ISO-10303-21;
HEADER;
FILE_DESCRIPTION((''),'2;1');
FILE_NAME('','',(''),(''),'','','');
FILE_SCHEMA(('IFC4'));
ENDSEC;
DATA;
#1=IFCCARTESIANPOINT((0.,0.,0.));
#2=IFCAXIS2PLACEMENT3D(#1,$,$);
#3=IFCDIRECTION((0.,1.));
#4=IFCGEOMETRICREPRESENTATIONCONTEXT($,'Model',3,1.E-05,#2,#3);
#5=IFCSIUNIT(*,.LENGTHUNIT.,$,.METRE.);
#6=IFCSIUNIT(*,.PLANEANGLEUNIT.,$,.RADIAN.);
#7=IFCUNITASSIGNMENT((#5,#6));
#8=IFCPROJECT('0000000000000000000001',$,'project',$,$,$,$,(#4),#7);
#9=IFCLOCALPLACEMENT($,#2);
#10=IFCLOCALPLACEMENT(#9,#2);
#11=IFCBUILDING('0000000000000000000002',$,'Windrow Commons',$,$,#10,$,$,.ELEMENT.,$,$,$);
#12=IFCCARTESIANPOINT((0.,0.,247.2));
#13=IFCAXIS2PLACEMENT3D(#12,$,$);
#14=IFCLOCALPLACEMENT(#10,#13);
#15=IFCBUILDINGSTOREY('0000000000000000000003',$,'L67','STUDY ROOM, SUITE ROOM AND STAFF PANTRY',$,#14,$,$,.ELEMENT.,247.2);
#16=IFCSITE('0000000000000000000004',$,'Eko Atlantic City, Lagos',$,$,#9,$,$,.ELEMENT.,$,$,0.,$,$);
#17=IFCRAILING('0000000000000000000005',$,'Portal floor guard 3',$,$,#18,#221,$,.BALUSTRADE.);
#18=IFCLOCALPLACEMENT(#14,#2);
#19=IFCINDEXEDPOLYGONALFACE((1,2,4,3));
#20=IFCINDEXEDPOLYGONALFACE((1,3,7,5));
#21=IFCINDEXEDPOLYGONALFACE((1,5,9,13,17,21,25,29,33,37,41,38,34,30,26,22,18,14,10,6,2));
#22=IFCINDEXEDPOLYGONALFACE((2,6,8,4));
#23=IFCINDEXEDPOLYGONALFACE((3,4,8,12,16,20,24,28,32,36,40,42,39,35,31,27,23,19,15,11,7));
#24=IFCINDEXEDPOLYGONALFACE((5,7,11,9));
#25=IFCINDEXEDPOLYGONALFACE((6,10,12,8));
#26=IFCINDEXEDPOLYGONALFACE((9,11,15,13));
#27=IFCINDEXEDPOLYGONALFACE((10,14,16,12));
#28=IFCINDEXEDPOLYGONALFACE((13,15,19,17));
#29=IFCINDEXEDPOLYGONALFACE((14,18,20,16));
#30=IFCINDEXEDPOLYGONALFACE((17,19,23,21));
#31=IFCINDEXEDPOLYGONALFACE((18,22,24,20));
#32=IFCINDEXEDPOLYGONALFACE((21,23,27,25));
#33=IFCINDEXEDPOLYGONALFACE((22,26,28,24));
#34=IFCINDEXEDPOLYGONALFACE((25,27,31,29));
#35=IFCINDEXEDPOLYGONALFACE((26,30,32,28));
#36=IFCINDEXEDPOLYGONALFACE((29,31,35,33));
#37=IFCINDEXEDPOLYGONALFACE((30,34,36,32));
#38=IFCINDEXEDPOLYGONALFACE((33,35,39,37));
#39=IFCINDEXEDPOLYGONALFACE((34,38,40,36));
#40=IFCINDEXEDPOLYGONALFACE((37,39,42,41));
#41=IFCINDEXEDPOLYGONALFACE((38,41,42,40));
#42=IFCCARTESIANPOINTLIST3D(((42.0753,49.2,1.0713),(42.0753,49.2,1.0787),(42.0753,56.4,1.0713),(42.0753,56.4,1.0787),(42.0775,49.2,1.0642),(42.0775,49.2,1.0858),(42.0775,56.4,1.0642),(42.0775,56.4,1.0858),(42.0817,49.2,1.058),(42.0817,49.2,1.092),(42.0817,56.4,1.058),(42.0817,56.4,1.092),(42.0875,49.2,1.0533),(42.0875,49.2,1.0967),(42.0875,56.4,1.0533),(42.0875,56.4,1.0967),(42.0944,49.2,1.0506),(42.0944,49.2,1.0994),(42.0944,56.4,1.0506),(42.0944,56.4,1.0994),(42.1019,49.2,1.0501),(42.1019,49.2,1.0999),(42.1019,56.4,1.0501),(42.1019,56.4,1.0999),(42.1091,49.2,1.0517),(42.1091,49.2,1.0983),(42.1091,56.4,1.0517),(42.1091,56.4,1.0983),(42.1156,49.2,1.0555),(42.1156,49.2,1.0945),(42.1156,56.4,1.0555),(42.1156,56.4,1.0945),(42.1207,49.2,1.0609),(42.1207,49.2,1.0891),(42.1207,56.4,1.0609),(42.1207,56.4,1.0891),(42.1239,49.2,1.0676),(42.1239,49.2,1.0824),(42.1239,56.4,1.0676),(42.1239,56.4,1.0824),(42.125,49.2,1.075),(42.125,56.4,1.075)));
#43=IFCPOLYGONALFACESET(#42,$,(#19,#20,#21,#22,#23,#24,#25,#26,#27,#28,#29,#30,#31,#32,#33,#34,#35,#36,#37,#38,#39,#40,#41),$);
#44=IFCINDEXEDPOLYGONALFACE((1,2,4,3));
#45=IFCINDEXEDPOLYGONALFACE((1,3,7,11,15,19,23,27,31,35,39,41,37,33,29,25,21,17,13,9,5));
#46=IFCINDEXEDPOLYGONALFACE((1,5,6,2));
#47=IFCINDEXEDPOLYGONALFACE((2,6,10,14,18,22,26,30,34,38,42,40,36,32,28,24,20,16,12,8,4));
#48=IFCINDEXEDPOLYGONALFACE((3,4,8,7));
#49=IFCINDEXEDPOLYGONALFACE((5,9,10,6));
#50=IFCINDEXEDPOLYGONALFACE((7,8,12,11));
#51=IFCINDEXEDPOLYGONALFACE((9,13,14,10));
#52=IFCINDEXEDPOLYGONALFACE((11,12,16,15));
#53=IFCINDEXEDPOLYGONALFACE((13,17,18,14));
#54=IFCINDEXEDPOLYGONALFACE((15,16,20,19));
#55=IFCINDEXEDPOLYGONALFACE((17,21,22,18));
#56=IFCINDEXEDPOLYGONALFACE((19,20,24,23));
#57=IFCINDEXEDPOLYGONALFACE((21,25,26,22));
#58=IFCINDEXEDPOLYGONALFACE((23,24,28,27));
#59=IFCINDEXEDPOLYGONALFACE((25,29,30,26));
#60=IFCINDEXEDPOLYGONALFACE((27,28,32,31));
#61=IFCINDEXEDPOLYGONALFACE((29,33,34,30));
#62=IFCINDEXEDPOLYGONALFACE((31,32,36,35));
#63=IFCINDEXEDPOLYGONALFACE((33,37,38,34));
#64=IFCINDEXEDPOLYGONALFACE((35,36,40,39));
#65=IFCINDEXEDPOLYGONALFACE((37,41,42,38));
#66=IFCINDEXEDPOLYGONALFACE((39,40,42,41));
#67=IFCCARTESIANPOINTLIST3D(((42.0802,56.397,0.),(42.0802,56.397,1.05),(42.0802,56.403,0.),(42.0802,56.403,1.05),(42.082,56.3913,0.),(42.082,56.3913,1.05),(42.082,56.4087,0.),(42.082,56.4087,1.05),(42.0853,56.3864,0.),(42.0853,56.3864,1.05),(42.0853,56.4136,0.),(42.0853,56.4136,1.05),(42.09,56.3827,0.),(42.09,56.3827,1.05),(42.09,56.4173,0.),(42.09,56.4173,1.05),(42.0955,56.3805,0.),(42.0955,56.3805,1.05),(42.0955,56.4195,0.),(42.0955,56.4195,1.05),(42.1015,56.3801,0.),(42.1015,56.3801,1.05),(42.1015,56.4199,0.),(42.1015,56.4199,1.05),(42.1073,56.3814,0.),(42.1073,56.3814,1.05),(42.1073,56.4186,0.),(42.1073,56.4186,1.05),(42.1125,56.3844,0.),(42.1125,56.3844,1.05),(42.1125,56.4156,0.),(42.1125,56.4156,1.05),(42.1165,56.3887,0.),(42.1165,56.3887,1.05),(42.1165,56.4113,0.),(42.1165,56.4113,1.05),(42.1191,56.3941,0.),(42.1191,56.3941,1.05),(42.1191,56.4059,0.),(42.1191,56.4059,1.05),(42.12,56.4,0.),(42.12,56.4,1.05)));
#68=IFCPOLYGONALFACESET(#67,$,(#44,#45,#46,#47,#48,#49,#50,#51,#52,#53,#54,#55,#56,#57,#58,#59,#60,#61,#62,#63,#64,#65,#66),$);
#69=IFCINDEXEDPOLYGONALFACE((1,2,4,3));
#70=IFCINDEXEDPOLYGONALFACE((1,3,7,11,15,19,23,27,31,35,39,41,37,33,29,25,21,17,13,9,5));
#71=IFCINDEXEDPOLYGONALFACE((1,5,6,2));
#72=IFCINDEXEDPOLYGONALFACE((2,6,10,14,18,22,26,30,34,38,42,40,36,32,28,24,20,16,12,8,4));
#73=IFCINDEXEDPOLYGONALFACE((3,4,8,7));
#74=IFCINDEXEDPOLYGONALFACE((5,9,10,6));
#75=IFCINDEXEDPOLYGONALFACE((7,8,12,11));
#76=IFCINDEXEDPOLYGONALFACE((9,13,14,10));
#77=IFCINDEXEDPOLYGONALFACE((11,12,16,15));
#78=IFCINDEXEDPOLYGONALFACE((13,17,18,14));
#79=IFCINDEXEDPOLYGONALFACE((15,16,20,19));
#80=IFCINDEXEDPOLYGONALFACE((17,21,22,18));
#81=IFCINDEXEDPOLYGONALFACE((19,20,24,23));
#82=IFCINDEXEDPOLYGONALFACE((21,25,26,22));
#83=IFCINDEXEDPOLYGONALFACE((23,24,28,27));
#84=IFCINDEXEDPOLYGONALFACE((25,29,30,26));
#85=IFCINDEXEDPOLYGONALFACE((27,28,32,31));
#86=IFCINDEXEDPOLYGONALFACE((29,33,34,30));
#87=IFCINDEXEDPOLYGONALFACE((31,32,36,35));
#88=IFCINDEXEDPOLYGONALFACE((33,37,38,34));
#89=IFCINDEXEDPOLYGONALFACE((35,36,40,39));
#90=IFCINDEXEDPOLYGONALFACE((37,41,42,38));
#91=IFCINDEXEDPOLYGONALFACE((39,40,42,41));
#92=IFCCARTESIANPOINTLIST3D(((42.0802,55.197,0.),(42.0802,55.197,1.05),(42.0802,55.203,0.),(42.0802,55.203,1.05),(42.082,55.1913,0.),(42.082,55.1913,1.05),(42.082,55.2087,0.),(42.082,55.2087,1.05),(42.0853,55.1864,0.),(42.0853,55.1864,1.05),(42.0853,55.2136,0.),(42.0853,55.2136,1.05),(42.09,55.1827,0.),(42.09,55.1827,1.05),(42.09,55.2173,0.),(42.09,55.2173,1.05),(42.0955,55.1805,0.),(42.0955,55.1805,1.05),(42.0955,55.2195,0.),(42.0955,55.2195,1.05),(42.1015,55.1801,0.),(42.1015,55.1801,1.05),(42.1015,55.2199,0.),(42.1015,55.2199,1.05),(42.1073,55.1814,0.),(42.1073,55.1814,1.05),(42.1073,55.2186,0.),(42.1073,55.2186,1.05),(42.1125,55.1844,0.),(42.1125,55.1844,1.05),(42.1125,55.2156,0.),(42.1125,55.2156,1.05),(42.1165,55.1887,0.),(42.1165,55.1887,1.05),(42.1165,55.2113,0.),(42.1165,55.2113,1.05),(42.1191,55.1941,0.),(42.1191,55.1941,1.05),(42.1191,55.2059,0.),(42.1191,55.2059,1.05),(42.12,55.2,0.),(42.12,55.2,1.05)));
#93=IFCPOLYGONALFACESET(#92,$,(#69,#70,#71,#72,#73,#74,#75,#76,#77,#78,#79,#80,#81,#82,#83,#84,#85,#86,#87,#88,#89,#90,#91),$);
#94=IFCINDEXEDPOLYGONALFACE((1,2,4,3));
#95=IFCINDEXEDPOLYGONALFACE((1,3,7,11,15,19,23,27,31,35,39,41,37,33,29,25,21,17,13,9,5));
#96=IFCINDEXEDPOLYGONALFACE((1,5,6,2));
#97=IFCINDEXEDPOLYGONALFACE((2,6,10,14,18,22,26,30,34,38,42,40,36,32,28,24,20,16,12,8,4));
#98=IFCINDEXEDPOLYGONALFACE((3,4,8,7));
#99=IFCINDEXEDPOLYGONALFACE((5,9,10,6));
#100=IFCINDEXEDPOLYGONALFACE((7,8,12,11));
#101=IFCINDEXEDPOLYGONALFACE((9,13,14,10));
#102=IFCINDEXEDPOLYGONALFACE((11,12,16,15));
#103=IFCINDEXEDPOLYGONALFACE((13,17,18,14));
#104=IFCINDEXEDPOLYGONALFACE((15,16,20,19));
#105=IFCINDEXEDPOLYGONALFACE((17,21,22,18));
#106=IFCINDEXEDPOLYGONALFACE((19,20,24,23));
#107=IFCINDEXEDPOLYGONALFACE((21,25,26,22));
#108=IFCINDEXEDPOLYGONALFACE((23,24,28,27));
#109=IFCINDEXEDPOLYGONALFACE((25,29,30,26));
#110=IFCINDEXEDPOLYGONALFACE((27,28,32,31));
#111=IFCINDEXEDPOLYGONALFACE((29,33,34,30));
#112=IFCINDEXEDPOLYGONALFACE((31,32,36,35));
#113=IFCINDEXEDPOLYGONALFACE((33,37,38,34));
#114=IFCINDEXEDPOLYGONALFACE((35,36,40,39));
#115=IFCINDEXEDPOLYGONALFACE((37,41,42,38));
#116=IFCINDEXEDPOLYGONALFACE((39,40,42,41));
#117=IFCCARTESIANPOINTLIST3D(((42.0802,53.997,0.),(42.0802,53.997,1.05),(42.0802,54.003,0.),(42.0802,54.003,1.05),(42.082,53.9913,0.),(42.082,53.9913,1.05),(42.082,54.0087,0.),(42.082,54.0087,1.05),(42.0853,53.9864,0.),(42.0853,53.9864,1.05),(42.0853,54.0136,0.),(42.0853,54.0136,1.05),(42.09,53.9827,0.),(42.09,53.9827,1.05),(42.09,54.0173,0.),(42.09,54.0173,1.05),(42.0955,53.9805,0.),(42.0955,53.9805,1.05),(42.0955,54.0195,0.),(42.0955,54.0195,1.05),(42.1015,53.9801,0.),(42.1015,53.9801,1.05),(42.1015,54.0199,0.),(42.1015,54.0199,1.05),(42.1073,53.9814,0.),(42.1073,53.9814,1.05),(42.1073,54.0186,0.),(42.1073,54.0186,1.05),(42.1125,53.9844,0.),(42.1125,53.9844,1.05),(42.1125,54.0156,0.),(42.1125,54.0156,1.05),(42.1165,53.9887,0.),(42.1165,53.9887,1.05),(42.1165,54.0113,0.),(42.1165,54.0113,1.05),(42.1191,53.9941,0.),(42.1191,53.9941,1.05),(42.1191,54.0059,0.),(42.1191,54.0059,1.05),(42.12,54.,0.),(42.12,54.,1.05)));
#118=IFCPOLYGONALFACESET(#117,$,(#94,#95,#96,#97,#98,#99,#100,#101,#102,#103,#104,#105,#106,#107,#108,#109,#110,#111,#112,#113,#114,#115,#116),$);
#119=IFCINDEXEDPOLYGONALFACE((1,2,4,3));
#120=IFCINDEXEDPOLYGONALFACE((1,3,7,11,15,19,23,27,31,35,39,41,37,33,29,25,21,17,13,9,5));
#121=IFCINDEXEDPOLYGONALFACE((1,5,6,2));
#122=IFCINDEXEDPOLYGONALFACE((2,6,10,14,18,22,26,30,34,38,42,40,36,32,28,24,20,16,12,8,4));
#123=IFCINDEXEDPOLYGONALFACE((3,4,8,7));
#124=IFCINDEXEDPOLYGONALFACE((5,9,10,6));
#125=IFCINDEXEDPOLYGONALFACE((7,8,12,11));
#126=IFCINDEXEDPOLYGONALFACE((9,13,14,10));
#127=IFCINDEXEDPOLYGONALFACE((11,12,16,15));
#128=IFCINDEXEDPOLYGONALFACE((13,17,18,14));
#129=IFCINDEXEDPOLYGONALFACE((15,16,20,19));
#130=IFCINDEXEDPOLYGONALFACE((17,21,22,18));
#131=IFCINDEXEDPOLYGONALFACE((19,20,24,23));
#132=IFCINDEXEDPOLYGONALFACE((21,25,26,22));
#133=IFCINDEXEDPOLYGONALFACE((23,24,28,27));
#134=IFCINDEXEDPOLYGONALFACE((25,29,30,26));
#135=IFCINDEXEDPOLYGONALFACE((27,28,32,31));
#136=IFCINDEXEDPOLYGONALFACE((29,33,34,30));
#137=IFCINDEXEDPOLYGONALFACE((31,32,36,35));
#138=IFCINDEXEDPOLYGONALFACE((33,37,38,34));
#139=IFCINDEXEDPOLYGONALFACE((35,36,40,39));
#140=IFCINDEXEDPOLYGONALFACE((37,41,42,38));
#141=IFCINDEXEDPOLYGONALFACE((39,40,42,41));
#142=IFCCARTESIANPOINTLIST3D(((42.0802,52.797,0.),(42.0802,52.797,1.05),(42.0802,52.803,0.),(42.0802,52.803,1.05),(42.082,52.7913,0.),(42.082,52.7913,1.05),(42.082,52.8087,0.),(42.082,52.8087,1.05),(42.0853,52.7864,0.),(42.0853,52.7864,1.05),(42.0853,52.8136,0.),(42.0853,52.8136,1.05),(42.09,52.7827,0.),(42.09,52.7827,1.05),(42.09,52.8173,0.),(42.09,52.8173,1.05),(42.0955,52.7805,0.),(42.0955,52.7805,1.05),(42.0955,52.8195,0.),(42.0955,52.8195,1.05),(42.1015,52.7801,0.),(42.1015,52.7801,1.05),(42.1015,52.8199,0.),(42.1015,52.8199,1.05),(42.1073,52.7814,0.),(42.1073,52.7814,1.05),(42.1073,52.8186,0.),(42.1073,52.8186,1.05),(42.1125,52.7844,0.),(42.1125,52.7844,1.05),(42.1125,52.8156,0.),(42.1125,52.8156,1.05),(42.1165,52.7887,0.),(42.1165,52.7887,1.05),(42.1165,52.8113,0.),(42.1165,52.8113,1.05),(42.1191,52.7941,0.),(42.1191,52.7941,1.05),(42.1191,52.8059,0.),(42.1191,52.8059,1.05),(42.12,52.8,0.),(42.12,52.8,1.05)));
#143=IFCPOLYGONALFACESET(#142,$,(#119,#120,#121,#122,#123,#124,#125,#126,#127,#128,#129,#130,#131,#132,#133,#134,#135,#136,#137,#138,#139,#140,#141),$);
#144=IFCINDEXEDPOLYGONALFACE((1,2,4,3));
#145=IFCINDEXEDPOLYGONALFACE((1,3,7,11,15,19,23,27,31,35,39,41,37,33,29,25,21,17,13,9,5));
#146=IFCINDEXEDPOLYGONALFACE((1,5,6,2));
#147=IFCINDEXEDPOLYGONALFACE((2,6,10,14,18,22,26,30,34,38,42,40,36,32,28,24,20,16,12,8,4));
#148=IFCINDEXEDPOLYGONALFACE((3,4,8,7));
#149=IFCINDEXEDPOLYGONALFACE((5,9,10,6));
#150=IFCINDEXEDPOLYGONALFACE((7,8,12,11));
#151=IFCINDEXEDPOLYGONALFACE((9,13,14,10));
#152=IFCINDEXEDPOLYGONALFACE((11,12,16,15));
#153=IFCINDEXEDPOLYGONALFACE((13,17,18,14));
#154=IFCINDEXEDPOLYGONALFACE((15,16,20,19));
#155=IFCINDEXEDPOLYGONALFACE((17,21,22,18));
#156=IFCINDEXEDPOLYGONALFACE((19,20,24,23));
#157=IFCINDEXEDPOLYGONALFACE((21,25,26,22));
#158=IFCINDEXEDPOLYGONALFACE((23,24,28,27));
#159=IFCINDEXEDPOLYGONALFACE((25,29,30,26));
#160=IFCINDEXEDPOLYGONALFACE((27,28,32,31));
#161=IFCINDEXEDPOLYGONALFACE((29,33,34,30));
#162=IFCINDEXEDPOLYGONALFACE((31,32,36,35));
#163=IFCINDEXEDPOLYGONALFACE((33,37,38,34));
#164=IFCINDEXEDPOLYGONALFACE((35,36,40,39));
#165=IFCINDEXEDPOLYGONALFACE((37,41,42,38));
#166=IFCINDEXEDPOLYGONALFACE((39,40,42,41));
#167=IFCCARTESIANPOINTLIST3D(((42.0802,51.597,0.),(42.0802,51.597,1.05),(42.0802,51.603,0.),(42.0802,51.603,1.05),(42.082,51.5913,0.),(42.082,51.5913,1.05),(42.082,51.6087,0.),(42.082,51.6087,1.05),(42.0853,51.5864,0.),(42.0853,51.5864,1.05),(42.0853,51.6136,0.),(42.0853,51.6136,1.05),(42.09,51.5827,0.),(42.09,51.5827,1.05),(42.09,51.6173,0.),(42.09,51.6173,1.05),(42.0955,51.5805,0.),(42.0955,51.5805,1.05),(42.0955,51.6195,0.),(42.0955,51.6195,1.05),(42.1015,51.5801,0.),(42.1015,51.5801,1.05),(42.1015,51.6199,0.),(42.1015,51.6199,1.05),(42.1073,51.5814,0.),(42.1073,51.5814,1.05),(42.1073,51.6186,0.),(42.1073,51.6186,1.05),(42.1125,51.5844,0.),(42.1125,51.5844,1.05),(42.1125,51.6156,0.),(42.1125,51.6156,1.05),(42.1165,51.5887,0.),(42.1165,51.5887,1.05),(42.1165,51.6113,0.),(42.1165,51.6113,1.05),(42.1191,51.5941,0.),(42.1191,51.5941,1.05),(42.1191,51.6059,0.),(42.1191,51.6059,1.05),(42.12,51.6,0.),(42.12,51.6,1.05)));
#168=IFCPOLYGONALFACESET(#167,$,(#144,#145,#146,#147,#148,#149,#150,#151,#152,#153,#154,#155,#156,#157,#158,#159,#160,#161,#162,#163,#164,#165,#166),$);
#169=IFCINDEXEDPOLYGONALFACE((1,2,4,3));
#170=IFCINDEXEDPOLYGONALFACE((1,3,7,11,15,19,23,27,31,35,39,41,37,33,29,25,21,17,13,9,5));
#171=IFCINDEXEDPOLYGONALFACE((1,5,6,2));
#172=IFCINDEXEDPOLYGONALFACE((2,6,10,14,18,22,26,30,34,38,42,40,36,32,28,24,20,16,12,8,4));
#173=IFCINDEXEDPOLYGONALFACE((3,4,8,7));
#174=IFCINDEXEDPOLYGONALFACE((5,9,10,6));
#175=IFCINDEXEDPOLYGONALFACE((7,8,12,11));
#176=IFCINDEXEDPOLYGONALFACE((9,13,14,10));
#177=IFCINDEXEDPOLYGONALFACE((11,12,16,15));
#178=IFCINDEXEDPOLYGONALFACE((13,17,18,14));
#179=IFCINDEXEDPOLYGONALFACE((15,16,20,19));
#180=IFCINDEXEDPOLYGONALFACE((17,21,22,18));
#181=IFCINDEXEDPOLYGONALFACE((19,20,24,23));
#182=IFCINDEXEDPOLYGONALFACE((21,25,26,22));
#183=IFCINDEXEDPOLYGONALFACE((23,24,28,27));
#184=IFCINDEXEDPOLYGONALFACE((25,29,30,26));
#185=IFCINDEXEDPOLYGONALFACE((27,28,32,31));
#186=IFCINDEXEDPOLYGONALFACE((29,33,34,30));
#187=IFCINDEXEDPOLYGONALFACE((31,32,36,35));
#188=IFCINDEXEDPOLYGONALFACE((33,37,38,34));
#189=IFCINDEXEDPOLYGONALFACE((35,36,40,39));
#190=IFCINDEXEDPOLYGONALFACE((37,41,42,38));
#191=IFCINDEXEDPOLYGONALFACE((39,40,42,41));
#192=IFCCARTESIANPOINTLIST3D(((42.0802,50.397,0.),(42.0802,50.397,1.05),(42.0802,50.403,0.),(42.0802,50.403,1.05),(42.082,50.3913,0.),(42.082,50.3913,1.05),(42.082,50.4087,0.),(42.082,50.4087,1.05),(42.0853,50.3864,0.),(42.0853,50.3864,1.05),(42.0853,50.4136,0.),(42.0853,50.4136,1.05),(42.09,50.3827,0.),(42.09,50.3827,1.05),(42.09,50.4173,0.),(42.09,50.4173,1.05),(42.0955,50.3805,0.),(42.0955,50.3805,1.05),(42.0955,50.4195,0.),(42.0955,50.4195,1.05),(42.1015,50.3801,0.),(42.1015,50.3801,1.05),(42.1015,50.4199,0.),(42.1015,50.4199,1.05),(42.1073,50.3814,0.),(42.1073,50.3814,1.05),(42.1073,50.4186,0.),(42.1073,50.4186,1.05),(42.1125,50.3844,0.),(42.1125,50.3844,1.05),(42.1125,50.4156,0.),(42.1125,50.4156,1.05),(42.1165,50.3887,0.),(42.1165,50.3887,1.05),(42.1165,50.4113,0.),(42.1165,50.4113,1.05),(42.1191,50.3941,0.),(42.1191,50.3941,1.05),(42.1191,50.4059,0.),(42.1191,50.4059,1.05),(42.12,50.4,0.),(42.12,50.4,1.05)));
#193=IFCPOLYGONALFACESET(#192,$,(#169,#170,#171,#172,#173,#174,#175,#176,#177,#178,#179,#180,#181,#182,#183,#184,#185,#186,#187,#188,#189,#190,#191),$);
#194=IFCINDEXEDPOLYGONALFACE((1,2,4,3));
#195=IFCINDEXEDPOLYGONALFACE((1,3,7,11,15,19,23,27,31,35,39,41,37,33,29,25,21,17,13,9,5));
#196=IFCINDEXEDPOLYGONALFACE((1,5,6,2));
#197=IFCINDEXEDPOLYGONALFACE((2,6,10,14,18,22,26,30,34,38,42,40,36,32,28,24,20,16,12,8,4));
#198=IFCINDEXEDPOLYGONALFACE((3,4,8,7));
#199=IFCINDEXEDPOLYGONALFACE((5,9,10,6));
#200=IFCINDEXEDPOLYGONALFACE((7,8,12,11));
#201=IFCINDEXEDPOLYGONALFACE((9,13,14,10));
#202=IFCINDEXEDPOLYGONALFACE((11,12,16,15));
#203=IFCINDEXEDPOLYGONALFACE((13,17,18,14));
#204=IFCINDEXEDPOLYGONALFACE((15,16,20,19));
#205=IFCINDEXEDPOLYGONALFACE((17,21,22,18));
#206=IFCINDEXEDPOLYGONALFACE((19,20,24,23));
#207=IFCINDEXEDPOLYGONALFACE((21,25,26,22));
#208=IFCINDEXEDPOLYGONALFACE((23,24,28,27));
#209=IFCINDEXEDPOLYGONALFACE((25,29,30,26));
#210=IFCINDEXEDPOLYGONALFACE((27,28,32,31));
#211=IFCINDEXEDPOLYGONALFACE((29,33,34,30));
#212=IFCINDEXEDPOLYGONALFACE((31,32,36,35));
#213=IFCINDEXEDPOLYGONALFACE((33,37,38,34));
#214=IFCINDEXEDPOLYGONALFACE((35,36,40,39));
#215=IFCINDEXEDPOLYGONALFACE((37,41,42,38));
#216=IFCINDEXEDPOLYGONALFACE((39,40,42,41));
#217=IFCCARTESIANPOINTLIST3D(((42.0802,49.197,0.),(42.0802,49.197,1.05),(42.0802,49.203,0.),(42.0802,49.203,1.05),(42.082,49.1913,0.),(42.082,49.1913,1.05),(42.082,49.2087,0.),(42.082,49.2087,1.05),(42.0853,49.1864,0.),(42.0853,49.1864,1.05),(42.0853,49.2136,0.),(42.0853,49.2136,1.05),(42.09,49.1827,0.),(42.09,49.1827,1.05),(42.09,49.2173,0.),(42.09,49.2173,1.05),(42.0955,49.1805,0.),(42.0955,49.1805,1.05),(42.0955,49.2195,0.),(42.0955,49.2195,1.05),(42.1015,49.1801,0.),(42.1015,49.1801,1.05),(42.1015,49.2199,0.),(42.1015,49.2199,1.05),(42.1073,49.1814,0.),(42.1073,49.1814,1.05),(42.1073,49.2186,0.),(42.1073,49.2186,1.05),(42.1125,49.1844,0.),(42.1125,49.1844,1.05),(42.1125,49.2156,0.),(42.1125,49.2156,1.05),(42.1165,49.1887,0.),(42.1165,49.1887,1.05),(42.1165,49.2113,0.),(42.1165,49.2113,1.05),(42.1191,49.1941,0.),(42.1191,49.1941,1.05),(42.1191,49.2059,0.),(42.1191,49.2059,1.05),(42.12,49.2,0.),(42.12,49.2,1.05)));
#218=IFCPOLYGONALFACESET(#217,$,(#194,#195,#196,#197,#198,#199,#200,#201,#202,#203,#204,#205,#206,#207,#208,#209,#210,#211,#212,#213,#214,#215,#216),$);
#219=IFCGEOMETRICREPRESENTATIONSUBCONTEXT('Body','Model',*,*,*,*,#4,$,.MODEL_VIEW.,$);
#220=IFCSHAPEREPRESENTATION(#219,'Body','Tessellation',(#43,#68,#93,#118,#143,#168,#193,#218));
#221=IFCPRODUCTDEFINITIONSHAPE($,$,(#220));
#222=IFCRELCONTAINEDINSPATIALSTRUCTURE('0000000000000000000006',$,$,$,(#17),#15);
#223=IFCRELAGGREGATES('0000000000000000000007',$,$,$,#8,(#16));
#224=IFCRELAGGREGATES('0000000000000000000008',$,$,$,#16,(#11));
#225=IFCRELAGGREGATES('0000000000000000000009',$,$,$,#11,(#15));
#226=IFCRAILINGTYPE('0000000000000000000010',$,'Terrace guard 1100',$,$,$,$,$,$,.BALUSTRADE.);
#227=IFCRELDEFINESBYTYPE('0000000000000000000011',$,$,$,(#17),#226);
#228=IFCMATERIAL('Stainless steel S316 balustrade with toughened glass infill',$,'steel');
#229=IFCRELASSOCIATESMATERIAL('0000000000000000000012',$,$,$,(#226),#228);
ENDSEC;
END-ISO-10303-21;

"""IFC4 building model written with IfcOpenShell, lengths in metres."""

from ifc_helpers import new_model, si_unit, direction, frame, origin, origin_2d, place, context, subcontext, project, spatial, circle, extrude, material, type_object, element, save


model = new_model("IFC4")

# Units and contexts
model_context = context("Model", 3, precision=1e-05, world=origin(), true_north=direction((0.0, 1.0)))
body_context = subcontext(model_context, "Body", "Model", "MODEL_VIEW")
ifc_project = project(units=[si_unit("LENGTHUNIT", "METRE"), si_unit("PLANEANGLEUNIT", "RADIAN")], contexts=[model_context])

# Site, building, storey
site_placement = place(None, origin())
site = spatial("IfcSite", under=ifc_project, at=site_placement, Name="Eko Atlantic City, Lagos", CompositionType="ELEMENT", RefElevation=0.0)
building_placement = place(site_placement, origin())
building = spatial("IfcBuilding", under=site, at=building_placement, Name="Windrow Commons", CompositionType="ELEMENT")
storey_placement = place(building_placement, frame((0.0, 0.0, 247.2)))
storey = spatial("IfcBuildingStorey", under=building, at=storey_placement, Name="L67", Description="STUDY ROOM, SUITE ROOM AND STAFF PANTRY", CompositionType="ELEMENT", Elevation=247.2)

# Railing
ifc_material_1 = material(Name="Stainless steel S316 balustrade with toughened glass infill", Category="steel")
railing_type = type_object("IfcRailingType", Name="Terrace guard 1100", PredefinedType="BALUSTRADE", material=ifc_material_1)
railing_1_placement = place(storey_placement, frame((42.1, 56.4, 0.0)))
element("IfcRailing", 1, at=railing_1_placement, inside=storey, type_object=railing_type, Name="Portal floor guard 3", PredefinedType="BALUSTRADE", context=body_context, shape_type="SweptSolid", body=[
    extrude(circle(Radius=0.025, at=origin_2d()), frame((0.0, 0.0, 1.075), z_axis=(0.0, -1.0, 0.0), x_axis=(1.0, 0.0, 0.0)), (0.0, 0.0, 1.0), 7.2),
    extrude(circle(Radius=0.02, at=origin_2d()), origin(), (0.0, 0.0, 1.0), 1.05),
    extrude(circle(Radius=0.02, at=origin_2d()), frame((0.0, -1.2, 0.0)), (0.0, 0.0, 1.0), 1.05),
    extrude(circle(Radius=0.02, at=origin_2d()), frame((0.0, -2.4, 0.0)), (0.0, 0.0, 1.0), 1.05),
    extrude(circle(Radius=0.02, at=origin_2d()), frame((0.0, -3.6, 0.0)), (0.0, 0.0, 1.0), 1.05),
    extrude(circle(Radius=0.02, at=origin_2d()), frame((0.0, -4.8, 0.0)), (0.0, 0.0, 1.0), 1.05),
    extrude(circle(Radius=0.02, at=origin_2d()), frame((0.0, -6.0, 0.0)), (0.0, 0.0, 1.0), 1.05),
    extrude(circle(Radius=0.02, at=origin_2d()), frame((0.0, -7.2, 0.0)), (0.0, 0.0, 1.0), 1.05),
])

save(model, "model.ifc")
